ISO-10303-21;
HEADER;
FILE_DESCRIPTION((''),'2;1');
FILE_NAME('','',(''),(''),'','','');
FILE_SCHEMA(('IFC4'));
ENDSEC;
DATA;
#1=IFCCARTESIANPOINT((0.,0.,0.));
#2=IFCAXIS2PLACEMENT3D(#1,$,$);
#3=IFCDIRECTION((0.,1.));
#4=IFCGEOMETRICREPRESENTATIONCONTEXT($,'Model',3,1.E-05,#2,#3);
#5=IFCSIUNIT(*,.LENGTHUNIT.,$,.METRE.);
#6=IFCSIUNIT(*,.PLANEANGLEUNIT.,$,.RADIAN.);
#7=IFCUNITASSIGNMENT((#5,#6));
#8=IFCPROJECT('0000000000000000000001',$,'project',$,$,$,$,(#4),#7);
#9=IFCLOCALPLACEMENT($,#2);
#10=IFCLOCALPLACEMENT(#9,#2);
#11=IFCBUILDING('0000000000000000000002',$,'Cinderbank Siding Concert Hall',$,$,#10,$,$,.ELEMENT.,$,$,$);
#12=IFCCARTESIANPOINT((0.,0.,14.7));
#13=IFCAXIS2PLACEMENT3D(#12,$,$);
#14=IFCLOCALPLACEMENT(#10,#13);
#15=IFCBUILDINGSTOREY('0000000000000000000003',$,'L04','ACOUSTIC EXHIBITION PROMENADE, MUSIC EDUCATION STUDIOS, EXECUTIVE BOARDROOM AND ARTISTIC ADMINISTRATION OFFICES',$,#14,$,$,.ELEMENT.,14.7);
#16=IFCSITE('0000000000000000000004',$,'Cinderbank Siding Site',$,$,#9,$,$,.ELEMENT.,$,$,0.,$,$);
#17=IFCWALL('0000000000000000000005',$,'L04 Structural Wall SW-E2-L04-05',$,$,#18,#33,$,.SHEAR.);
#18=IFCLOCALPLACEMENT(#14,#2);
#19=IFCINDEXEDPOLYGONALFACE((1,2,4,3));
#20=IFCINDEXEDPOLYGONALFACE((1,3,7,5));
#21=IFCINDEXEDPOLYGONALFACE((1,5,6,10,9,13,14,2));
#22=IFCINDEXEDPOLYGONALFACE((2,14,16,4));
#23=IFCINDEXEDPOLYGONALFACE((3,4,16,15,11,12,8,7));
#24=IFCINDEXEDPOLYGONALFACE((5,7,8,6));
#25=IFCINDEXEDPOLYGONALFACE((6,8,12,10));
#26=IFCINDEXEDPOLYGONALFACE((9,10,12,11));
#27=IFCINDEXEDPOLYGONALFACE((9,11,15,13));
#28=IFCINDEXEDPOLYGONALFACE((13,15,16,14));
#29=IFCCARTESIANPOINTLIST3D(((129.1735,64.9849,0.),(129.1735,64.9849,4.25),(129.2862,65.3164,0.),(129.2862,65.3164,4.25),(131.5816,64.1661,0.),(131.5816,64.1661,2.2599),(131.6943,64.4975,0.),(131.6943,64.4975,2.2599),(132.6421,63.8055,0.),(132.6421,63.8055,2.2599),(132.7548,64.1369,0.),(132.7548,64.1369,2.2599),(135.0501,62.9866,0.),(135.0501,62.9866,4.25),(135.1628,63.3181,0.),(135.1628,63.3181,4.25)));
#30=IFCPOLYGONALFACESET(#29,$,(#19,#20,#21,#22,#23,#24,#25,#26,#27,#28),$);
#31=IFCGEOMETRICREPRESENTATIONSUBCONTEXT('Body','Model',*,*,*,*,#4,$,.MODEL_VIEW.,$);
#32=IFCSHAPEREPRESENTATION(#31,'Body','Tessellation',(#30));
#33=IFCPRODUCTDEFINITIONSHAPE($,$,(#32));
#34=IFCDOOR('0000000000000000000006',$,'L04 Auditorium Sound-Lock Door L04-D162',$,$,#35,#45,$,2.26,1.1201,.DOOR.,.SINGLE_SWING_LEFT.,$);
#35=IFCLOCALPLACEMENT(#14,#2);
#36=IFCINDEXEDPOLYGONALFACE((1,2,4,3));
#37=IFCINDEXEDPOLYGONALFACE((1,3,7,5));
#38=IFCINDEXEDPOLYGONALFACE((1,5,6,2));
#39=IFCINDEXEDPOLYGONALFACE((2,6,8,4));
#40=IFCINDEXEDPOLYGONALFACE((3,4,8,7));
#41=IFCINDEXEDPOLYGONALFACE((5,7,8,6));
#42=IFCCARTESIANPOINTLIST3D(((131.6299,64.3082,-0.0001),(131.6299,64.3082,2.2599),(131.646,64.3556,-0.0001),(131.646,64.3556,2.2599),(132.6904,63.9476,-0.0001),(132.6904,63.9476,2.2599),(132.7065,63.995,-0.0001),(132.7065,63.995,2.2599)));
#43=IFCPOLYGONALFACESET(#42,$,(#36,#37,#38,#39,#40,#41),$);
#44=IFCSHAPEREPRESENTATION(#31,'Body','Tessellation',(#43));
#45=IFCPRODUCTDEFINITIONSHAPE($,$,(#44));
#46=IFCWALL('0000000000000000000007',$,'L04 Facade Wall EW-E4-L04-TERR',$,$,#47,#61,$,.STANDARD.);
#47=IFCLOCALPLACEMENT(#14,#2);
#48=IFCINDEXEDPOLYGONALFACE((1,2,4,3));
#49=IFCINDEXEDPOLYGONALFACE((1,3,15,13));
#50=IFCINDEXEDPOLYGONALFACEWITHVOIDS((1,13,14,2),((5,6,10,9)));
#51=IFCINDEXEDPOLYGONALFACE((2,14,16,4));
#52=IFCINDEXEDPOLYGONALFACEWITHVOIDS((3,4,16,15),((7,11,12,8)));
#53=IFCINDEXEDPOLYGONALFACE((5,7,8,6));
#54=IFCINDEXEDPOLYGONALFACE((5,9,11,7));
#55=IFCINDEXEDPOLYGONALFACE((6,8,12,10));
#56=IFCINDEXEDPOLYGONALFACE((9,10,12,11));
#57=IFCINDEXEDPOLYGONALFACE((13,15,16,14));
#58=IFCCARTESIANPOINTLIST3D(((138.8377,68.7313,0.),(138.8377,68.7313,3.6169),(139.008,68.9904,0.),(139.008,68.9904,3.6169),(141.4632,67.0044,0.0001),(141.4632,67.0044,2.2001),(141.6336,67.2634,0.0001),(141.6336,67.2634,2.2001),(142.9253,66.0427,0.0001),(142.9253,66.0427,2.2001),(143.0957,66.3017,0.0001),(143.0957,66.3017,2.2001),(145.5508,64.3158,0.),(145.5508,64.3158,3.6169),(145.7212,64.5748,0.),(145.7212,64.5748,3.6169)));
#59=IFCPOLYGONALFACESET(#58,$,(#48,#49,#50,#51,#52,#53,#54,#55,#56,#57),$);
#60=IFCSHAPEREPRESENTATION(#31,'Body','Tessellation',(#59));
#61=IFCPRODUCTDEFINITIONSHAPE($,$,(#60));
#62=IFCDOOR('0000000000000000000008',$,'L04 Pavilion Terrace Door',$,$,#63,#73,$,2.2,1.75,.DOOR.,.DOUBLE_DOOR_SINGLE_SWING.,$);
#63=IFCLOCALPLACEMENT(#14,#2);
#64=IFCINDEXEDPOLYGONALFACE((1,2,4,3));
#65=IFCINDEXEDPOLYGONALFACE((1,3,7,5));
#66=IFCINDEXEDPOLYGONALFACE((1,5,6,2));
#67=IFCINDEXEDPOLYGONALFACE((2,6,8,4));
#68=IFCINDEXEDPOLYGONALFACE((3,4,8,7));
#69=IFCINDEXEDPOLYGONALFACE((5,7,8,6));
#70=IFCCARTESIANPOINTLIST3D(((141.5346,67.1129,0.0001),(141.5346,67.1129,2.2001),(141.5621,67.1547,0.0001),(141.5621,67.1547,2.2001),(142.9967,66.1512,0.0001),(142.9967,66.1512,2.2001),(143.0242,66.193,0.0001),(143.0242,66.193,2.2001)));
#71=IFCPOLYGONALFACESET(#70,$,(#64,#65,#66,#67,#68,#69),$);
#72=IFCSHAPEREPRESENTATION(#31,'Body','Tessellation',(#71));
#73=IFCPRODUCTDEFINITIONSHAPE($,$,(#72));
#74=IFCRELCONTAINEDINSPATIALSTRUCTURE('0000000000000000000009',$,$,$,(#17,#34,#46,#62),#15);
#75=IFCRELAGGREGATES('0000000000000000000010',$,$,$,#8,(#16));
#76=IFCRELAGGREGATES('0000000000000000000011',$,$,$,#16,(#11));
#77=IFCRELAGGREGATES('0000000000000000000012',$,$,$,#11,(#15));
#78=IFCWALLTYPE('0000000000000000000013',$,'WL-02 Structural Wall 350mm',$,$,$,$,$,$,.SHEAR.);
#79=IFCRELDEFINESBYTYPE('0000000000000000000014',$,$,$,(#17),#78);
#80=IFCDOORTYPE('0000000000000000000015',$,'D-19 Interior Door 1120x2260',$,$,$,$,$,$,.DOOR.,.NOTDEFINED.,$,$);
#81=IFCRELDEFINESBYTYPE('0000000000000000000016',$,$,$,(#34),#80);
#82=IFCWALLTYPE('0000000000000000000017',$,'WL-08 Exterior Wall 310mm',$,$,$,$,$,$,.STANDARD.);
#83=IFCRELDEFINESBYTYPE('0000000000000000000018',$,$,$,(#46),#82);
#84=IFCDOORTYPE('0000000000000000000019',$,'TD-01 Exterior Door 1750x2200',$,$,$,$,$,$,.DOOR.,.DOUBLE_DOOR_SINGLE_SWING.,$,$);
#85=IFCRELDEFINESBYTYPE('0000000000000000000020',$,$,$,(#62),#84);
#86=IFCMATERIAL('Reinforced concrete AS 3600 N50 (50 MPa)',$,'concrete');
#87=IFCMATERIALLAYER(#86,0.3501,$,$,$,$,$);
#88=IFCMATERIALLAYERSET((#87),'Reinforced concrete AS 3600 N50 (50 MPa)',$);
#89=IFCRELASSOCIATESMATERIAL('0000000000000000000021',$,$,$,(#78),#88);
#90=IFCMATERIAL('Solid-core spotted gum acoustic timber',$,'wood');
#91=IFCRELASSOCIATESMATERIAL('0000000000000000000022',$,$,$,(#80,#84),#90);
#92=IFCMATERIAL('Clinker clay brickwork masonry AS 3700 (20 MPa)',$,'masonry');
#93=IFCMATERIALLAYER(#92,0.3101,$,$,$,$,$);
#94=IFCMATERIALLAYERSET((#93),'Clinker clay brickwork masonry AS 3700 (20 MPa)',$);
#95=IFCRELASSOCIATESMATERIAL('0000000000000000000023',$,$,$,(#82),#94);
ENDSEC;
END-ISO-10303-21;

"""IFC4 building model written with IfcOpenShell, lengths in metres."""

from ifc_helpers import new_model, si_unit, direction, frame, frame_2d, origin, place, context, subcontext, project, spatial, rectangle, extrude, material, layer, layer_set, type_object, element, fill, save


model = new_model("IFC4")

# Units and contexts
model_context = context("Model", 3, precision=1e-05, world=origin(), true_north=direction((0.0, 1.0)))
body_context = subcontext(model_context, "Body", "Model", "MODEL_VIEW")
ifc_project = project(units=[si_unit("LENGTHUNIT", "METRE"), si_unit("PLANEANGLEUNIT", "RADIAN")], contexts=[model_context])

# Site, building, storey
site_placement = place(None, origin())
site = spatial("IfcSite", under=ifc_project, at=site_placement, Name="Cinderbank Siding Site", CompositionType="ELEMENT", RefElevation=0.0)
building_placement = place(site_placement, origin())
building = spatial("IfcBuilding", under=site, at=building_placement, Name="Cinderbank Siding Concert Hall", CompositionType="ELEMENT")
storey_placement = place(building_placement, frame((0.0, 0.0, 14.7)))
storey = spatial("IfcBuildingStorey", under=building, at=storey_placement, Name="L04", Description="ACOUSTIC EXHIBITION PROMENADE, MUSIC EDUCATION STUDIOS, EXECUTIVE BOARDROOM AND ARTISTIC ADMINISTRATION OFFICES", CompositionType="ELEMENT", Elevation=14.7)

# Shared definitions
ifc_material_1 = material(Name="Reinforced concrete AS 3600 N50 (50 MPa)", Category="concrete")

# Walls, openings, doors
ifc_layer_1 = layer(ifc_material_1, 0.3501)
ifc_layer_set_1 = layer_set([ifc_layer_1], Name="Reinforced concrete AS 3600 N50 (50 MPa)")
wall_type_1 = type_object("IfcWallType", Name="WL-02 Structural Wall 350mm", PredefinedType="SHEAR", material=ifc_layer_set_1)
wall_1_placement = place(storey_placement, frame((135.1064, 63.1523, 0.0), z_axis=(0.0, 0.0, 1.0), x_axis=(-0.946758, 0.321945, 0.0)))
wall_1 = element("IfcWall", 1, at=wall_1_placement, inside=storey, type_object=wall_type_1, Name="L04 Structural Wall SW-E2-L04-05", PredefinedType="SHEAR", context=body_context, shape_type="SweptSolid", body=[
    extrude(rectangle(XDim=6.207, YDim=0.3501, at=frame_2d((3.1035, 0.0))), origin(), (0.0, 0.0, 1.0), 4.25),
])
opening_1_placement = place(wall_1_placement, frame((2.5435, 0.0, 0.0)))
opening_1 = element("IfcOpeningElement", 2, at=opening_1_placement, cuts=wall_1, PredefinedType="OPENING", context=body_context, shape_type="SweptSolid", body=[
    extrude(rectangle(XDim=1.1201, YDim=2.26, at=frame_2d((0.5601, 1.1299))), frame((0.0, 0.187, 0.0), z_axis=(0.0, -1.0, 0.0), x_axis=(1.0, 0.0, 0.0)), (0.0, 0.0, 1.0), 0.374),
])
ifc_material_2 = material(Name="Solid-core spotted gum acoustic timber", Category="wood")
door_type_1 = type_object("IfcDoorType", Name="D-19 Interior Door 1120x2260", OperationType="NOTDEFINED", PredefinedType="DOOR", material=ifc_material_2)
door_1_placement = place(opening_1_placement, origin())
door_1 = element("IfcDoor", 3, at=door_1_placement, inside=storey, type_object=door_type_1, Name="L04 Auditorium Sound-Lock Door L04-D162", OperationType="SINGLE_SWING_LEFT", OverallHeight=2.26, OverallWidth=1.1201, PredefinedType="DOOR", context=body_context, shape_type="SweptSolid", body=[
    extrude(rectangle(XDim=1.1201, YDim=2.26, at=frame_2d((0.5601, 1.1299))), frame((0.0, 0.0249, 0.0), z_axis=(0.0, -1.0, 0.0), x_axis=(1.0, 0.0, 0.0)), (0.0, 0.0, 1.0), 0.05),
])
fill(opening_1, door_1)
ifc_material_3 = material(Name="Clinker clay brickwork masonry AS 3700 (20 MPa)", Category="masonry")
ifc_layer_2 = layer(ifc_material_3, 0.3101)
ifc_layer_set_2 = layer_set([ifc_layer_2], Name="Clinker clay brickwork masonry AS 3700 (20 MPa)")
wall_type_2 = type_object("IfcWallType", Name="WL-08 Exterior Wall 310mm", PredefinedType="STANDARD", material=ifc_layer_set_2)
wall_2_placement = place(storey_placement, frame((138.9229, 68.8608, 0.0), z_axis=(0.0, 0.0, 1.0), x_axis=(0.835475, -0.549529, 0.0)))
wall_2 = element("IfcWall", 4, at=wall_2_placement, inside=storey, type_object=wall_type_2, Name="L04 Facade Wall EW-E4-L04-TERR", PredefinedType="STANDARD", context=body_context, shape_type="SweptSolid", body=[
    extrude(rectangle(XDim=8.0352, YDim=0.3101, at=frame_2d((4.0176, 0.0))), origin(), (0.0, 0.0, 1.0), 3.6169),
])
opening_2_placement = place(wall_2_placement, frame((3.1426, 0.0, 0.0)))
opening_2 = element("IfcOpeningElement", 5, at=opening_2_placement, cuts=wall_2, PredefinedType="OPENING", context=body_context, shape_type="SweptSolid", body=[
    extrude(rectangle(XDim=1.75, YDim=2.2, at=frame_2d((0.875, 1.1001))), frame((0.0, 0.167, 0.0), z_axis=(0.0, -1.0, 0.0), x_axis=(1.0, 0.0, 0.0)), (0.0, 0.0, 1.0), 0.334),
])
door_type_2 = type_object("IfcDoorType", Name="TD-01 Exterior Door 1750x2200", OperationType="DOUBLE_DOOR_SINGLE_SWING", PredefinedType="DOOR", material=ifc_material_2)
door_2_placement = place(opening_2_placement, origin())
door_2 = element("IfcDoor", 6, at=door_2_placement, inside=storey, type_object=door_type_2, Name="L04 Pavilion Terrace Door", OperationType="DOUBLE_DOOR_SINGLE_SWING", OverallHeight=2.2, OverallWidth=1.75, PredefinedType="DOOR", context=body_context, shape_type="SweptSolid", body=[
    extrude(rectangle(XDim=1.75, YDim=2.2, at=frame_2d((0.875, 1.1001))), frame((0.0, 0.0249, 0.0), z_axis=(0.0, -1.0, 0.0), x_axis=(1.0, 0.0, 0.0)), (0.0, 0.0, 1.0), 0.05),
])
fill(opening_2, door_2)

save(model, "model.ifc")
